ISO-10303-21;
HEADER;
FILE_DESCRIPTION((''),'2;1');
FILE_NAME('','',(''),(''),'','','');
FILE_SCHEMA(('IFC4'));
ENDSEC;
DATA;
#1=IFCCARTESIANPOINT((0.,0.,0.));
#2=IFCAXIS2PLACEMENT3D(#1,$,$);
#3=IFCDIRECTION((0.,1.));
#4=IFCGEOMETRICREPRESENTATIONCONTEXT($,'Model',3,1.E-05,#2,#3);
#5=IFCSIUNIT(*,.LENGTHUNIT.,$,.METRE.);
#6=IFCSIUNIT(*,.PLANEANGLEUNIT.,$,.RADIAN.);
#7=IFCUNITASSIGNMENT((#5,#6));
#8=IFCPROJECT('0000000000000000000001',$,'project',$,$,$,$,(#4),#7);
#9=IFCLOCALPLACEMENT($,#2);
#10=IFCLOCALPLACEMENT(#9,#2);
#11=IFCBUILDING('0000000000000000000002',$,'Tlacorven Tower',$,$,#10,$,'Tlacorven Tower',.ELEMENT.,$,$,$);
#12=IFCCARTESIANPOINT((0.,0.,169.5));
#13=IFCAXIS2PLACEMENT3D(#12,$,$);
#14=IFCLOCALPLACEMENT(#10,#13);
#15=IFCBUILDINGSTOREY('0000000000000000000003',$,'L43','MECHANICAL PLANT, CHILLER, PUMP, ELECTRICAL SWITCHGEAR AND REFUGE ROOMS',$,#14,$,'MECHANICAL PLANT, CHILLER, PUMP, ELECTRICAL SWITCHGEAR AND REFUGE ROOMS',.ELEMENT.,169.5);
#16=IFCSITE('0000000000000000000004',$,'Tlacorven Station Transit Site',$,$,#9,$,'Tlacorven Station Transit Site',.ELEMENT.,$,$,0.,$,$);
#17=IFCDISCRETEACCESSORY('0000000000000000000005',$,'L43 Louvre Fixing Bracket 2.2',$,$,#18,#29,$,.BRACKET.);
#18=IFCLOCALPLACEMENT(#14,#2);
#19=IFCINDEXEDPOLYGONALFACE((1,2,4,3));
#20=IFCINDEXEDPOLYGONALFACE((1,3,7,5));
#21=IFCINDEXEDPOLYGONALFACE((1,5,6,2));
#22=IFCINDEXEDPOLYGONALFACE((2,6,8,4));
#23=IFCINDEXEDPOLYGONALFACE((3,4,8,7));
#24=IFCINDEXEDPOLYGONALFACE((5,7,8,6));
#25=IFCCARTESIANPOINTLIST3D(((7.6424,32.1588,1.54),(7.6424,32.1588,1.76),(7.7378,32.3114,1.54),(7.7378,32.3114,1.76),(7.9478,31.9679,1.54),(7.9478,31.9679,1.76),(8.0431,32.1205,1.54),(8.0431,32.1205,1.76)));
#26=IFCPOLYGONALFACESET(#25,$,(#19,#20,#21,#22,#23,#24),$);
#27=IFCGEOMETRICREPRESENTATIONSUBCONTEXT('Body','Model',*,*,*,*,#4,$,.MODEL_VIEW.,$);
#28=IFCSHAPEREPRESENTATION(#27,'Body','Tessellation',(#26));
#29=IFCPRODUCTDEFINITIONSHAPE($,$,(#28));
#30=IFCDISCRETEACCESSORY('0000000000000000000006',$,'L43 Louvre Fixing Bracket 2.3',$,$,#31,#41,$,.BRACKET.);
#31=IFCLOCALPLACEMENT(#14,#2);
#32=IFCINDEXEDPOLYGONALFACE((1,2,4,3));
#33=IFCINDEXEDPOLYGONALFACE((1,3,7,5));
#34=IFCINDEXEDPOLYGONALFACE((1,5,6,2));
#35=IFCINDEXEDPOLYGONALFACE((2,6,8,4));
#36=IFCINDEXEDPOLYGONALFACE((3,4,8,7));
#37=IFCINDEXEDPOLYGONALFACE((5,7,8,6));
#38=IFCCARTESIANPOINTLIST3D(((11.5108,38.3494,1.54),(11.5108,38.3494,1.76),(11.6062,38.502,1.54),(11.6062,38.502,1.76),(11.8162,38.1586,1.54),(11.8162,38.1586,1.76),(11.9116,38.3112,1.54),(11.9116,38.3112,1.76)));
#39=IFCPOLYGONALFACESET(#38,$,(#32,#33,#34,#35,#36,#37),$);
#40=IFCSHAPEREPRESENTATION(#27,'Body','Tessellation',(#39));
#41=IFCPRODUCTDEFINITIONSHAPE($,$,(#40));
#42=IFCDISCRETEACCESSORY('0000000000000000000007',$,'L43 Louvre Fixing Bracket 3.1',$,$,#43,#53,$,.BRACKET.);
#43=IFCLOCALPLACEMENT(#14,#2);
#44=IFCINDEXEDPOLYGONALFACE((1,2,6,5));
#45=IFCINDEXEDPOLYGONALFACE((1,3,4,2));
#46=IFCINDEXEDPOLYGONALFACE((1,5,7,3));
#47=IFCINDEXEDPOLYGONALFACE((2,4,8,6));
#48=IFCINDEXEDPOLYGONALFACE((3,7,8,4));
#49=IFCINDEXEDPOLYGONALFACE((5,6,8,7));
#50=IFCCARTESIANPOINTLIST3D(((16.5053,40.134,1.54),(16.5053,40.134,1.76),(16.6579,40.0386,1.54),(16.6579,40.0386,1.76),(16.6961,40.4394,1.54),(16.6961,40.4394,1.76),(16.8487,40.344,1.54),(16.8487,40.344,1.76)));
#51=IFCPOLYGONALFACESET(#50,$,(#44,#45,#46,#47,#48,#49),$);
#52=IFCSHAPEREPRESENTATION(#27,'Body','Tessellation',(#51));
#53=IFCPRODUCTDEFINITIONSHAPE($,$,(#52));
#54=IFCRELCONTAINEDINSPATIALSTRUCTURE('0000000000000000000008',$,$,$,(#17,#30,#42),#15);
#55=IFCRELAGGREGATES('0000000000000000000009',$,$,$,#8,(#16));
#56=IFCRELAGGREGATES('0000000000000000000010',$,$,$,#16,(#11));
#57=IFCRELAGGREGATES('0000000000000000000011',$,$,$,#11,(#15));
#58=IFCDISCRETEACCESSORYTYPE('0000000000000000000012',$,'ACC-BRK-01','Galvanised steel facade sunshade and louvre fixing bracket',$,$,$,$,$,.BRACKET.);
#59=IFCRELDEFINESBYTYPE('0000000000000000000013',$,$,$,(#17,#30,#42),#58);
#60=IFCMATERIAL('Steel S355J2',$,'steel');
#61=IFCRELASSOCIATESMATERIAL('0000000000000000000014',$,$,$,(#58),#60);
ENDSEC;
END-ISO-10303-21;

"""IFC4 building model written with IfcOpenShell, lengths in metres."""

from ifc_helpers import new_model, si_unit, direction, frame, origin, origin_2d, place, context, subcontext, project, spatial, rectangle, extrude, source, transform, mapped, material, type_object, element, save


model = new_model("IFC4")

# Units and contexts
model_context = context("Model", 3, precision=1e-05, world=origin(), true_north=direction((0.0, 1.0)))
body_context = subcontext(model_context, "Body", "Model", "MODEL_VIEW")
ifc_project = project(units=[si_unit("LENGTHUNIT", "METRE"), si_unit("PLANEANGLEUNIT", "RADIAN")], contexts=[model_context])

# Site, building, storey
site_placement = place(None, origin())
site = spatial("IfcSite", under=ifc_project, at=site_placement, Name="Tlacorven Station Transit Site", LongName="Tlacorven Station Transit Site", CompositionType="ELEMENT", RefElevation=0.0)
building_placement = place(site_placement, origin())
building = spatial("IfcBuilding", under=site, at=building_placement, Name="Tlacorven Tower", LongName="Tlacorven Tower", CompositionType="ELEMENT")
storey_placement = place(building_placement, frame((0.0, 0.0, 169.5)))
storey = spatial("IfcBuildingStorey", under=building, at=storey_placement, Name="L43", Description="MECHANICAL PLANT, CHILLER, PUMP, ELECTRICAL SWITCHGEAR AND REFUGE ROOMS", LongName="MECHANICAL PLANT, CHILLER, PUMP, ELECTRICAL SWITCHGEAR AND REFUGE ROOMS", CompositionType="ELEMENT", Elevation=169.5)

# Shared definitions
ifc_material_1 = material(Name="Steel S355J2", Category="steel")

# Discrete accessories
discrete_accessory_type = type_object("IfcDiscreteAccessoryType", Name="ACC-BRK-01", Description="Galvanised steel facade sunshade and louvre fixing bracket", PredefinedType="BRACKET", material=ifc_material_1)
shared_shape_1 = source(origin(), body_context, "Body", "SweptSolid", [
    extrude(rectangle(XDim=0.1799, YDim=0.3601, at=origin_2d()), origin(), (0.0, 0.0, 1.0), 0.22),
])
for number, where, z_axis, x_axis, name in (
    (1, (7.8428, 32.1396, 1.54), (0.0, 0.0, 1.0), (0.529919, 0.848048, 0.0), "L43 Louvre Fixing Bracket 2.2"),
    (2, (11.7112, 38.3303, 1.54), (0.0, 0.0, 1.0), (0.529919, 0.848048, 0.0), "L43 Louvre Fixing Bracket 2.3"),
    (3, (16.677, 40.239, 1.54), (0.0, 0.0, 1.0), (0.848048, -0.529919, 0.0), "L43 Louvre Fixing Bracket 3.1"),
):
    element("IfcDiscreteAccessory", number, at=place(storey_placement, frame(where, z_axis=z_axis, x_axis=x_axis)), inside=storey, type_object=discrete_accessory_type, Name=name, PredefinedType="BRACKET", context=body_context, shape_type="MappedRepresentation", body=[
        mapped(shared_shape_1, transform((0.0, 0.0, 0.0), scale=1.0)),
    ])

save(model, "model.ifc")
